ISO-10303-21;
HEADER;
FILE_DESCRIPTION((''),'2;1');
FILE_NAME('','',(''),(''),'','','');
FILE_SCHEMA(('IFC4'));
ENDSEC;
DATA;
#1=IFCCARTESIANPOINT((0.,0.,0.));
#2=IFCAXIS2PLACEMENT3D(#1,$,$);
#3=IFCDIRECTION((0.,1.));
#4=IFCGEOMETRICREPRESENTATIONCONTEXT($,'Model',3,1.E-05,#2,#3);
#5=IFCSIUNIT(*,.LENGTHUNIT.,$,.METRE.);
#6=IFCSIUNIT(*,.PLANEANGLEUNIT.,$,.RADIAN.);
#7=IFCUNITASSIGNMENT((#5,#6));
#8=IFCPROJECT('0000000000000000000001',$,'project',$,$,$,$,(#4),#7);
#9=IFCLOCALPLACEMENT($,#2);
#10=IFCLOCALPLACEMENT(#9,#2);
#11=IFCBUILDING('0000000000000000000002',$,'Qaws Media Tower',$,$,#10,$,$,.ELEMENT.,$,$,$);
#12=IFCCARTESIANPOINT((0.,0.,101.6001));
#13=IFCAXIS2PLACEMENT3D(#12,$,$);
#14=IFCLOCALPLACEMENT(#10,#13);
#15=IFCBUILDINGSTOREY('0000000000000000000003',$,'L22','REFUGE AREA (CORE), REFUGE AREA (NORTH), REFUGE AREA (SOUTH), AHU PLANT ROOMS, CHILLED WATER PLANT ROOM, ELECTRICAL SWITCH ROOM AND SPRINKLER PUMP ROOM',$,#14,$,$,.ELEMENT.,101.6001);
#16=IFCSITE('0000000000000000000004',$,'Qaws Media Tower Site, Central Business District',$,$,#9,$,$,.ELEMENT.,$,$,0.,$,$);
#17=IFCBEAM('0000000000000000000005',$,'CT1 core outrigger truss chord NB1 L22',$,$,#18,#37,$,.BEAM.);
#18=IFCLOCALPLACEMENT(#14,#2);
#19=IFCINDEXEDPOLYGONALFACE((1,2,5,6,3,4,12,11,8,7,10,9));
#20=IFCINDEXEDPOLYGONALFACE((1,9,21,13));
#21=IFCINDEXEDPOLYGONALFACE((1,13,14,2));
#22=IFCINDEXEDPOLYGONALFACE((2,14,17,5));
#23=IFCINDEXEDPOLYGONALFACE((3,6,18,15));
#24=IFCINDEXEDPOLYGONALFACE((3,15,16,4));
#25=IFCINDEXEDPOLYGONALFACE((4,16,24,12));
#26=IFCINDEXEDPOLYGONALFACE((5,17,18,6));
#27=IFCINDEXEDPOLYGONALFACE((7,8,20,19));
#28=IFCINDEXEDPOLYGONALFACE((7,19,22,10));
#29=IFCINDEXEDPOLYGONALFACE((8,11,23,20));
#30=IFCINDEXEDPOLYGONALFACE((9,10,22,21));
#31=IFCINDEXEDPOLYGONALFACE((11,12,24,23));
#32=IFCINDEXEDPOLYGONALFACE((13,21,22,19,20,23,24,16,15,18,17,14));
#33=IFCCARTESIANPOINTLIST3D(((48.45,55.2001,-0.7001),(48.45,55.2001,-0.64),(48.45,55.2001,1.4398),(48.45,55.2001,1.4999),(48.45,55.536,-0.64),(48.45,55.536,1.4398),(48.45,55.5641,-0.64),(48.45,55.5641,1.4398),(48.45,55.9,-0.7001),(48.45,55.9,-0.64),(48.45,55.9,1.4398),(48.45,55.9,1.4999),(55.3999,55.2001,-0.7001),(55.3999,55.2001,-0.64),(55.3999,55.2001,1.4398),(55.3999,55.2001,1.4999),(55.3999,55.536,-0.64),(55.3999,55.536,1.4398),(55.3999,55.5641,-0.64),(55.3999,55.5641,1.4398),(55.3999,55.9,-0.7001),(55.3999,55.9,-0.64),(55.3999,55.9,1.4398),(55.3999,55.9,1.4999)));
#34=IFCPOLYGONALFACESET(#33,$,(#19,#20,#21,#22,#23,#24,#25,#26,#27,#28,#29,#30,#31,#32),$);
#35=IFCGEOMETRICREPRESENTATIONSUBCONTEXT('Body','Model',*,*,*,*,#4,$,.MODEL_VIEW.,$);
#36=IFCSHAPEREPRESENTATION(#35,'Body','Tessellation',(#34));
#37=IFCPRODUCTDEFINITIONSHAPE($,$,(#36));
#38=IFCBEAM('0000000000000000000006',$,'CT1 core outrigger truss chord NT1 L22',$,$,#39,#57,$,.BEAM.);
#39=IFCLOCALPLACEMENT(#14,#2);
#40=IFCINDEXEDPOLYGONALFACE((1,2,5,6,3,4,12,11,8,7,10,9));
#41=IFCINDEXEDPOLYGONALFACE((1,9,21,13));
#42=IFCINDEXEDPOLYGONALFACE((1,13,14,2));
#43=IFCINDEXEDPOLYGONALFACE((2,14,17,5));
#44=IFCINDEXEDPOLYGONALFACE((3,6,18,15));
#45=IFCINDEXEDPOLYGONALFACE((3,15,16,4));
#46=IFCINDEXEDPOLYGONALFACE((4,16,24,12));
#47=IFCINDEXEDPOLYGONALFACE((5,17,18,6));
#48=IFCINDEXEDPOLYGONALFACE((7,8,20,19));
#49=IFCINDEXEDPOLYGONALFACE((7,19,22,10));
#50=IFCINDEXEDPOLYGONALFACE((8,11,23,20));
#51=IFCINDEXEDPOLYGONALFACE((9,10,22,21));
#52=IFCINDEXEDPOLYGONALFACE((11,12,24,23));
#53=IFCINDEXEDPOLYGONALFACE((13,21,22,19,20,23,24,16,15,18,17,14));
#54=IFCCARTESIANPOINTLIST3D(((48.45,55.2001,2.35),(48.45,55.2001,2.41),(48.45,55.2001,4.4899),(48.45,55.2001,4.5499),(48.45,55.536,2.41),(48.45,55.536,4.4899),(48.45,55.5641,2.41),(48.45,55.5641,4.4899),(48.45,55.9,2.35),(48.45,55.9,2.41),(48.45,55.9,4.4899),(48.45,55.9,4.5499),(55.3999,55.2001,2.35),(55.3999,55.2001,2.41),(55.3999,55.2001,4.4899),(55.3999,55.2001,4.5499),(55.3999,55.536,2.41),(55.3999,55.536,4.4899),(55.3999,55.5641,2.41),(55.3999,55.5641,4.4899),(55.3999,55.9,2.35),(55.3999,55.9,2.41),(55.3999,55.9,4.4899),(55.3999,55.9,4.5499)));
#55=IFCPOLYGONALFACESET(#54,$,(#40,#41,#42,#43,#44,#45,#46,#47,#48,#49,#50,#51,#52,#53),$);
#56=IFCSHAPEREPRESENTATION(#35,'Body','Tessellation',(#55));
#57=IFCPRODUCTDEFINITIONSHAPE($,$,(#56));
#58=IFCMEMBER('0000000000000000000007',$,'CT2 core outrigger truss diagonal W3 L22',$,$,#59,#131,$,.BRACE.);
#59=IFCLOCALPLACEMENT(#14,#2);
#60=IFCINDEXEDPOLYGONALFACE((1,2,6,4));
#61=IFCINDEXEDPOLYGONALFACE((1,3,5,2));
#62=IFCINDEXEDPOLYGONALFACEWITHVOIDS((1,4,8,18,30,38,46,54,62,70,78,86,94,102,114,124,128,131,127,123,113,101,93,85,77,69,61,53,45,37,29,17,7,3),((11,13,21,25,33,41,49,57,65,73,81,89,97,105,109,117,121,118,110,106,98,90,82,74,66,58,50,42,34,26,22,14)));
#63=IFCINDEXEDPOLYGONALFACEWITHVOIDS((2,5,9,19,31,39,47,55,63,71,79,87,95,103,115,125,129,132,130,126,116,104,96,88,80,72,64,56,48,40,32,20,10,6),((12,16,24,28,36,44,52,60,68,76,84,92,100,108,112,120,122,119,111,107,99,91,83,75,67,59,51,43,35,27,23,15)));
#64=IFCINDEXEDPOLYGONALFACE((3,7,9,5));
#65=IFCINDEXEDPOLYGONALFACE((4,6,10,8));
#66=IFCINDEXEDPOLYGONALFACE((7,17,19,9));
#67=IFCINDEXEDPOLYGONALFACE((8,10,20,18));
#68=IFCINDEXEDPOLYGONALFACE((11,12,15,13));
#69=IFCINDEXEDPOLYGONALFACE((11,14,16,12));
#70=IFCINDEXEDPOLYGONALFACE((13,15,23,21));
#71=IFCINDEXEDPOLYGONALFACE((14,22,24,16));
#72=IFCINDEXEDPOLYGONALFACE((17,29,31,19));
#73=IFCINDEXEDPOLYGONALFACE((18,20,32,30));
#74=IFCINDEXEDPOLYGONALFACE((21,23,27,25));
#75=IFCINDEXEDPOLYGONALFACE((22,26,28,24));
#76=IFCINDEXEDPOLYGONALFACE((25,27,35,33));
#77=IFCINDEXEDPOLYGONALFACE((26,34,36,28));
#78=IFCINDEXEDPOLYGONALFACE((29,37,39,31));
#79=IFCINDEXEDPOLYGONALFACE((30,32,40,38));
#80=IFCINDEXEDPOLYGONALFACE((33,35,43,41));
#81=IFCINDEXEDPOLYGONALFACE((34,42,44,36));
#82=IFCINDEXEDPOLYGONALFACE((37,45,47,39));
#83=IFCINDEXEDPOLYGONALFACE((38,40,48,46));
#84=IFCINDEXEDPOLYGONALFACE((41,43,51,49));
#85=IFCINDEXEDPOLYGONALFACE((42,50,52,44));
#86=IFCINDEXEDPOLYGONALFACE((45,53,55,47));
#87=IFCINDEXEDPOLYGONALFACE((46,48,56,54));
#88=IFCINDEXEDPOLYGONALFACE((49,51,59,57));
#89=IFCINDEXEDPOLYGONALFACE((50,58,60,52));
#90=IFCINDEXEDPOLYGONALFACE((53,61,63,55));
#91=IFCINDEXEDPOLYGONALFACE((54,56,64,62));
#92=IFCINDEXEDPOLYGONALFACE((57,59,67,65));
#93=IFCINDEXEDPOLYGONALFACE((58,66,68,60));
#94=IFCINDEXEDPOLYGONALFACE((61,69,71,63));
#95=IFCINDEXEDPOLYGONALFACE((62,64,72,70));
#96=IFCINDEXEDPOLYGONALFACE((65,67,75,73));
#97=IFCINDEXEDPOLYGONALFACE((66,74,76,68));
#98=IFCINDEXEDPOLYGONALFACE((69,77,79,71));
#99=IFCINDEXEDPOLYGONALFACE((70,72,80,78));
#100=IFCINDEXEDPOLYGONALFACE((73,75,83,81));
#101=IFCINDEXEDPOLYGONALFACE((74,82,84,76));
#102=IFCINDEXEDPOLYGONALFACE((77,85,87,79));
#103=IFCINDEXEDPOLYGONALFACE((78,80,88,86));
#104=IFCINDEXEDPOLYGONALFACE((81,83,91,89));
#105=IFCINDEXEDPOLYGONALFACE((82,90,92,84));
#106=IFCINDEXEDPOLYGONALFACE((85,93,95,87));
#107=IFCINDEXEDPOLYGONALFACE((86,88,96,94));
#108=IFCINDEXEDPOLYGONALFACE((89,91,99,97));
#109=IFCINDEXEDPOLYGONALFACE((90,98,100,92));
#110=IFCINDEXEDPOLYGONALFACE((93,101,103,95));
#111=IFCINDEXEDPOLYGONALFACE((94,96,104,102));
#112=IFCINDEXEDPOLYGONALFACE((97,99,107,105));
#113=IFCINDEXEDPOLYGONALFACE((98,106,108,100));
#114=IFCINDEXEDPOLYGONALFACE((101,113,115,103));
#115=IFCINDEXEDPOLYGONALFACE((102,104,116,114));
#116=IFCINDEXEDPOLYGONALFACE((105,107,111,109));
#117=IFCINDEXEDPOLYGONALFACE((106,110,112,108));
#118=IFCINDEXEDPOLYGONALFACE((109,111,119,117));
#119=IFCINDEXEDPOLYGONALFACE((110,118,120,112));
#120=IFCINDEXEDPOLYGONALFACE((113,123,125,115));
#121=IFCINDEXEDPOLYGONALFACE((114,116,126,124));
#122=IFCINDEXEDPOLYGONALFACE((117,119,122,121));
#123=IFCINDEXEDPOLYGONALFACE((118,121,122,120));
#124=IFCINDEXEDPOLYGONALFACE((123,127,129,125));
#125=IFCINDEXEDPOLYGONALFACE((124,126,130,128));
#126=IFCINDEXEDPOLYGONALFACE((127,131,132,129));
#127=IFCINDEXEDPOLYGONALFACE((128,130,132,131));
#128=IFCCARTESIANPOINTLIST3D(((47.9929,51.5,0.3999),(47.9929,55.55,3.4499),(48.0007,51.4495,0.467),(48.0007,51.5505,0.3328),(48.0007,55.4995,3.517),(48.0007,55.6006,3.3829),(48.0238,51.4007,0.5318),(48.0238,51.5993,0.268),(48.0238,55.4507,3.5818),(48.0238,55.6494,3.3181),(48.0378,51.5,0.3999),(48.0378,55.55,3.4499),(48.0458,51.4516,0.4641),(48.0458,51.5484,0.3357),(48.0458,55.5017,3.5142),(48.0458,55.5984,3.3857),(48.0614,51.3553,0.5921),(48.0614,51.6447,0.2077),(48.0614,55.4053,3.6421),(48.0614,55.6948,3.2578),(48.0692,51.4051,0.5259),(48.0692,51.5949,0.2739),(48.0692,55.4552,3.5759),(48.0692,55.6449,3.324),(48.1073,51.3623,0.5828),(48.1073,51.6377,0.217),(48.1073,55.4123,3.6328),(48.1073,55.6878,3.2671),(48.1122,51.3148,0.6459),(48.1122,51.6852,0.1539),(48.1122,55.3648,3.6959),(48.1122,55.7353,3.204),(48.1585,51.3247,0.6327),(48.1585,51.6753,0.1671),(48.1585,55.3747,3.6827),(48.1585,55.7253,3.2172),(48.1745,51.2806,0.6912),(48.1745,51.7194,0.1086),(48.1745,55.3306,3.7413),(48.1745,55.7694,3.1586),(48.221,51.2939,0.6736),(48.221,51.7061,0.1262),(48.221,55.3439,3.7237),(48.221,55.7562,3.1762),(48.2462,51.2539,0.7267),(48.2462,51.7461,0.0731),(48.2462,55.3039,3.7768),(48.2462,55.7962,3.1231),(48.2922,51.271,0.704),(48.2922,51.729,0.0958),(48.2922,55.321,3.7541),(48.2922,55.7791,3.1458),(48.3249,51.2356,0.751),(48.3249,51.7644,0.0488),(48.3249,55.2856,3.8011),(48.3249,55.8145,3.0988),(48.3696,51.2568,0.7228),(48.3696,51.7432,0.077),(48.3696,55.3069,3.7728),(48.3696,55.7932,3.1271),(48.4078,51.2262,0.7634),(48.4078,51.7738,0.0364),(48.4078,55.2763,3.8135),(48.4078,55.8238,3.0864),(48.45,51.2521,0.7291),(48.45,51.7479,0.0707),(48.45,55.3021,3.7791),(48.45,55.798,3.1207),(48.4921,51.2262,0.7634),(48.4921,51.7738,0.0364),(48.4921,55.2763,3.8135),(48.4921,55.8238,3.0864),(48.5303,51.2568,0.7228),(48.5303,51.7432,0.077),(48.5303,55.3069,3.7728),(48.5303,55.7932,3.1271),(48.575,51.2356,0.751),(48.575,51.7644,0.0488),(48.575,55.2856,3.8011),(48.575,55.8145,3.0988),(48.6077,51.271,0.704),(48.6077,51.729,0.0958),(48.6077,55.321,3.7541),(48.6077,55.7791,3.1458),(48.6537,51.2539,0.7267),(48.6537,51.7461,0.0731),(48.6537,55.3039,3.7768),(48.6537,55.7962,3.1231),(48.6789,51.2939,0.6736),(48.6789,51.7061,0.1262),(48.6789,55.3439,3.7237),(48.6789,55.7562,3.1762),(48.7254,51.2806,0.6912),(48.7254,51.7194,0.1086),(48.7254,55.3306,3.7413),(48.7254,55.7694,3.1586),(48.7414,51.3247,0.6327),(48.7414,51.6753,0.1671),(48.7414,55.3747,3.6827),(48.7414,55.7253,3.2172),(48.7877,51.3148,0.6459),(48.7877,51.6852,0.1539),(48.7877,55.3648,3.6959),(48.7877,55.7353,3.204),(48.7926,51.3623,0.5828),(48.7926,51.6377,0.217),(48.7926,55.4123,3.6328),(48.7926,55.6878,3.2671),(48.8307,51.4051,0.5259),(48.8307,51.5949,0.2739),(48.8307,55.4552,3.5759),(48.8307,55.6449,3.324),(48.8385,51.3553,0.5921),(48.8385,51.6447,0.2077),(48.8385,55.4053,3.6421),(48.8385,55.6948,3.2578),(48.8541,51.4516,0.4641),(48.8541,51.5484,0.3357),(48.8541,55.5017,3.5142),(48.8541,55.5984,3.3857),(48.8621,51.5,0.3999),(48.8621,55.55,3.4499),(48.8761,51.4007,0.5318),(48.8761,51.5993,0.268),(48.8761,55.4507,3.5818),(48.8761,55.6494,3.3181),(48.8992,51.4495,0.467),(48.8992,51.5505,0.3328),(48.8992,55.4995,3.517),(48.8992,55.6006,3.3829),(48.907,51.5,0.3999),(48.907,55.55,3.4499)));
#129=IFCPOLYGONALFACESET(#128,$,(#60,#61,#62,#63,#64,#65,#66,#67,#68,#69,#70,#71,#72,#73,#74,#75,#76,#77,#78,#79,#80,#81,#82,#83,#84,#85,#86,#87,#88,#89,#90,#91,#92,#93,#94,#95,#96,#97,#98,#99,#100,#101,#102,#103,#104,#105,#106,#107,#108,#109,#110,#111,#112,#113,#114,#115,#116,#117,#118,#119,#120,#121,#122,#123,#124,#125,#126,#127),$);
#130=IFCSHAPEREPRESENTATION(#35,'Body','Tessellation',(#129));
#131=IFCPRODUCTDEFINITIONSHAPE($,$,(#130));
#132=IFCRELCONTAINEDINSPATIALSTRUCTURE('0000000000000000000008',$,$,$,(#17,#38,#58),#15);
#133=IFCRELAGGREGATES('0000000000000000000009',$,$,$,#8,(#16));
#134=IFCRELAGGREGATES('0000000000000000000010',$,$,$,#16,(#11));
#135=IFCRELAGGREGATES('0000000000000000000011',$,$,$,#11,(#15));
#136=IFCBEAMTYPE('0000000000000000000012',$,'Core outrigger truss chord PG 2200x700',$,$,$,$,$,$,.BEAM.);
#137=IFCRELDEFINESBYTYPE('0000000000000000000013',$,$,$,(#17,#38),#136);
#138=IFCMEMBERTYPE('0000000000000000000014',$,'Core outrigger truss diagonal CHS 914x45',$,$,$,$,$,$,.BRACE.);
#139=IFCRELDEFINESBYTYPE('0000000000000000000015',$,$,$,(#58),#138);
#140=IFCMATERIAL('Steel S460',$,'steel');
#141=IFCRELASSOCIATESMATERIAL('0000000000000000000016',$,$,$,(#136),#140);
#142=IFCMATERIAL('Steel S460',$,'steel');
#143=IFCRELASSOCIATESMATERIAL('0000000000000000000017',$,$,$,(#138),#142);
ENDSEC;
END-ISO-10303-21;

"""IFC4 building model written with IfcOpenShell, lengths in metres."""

from ifc_helpers import new_model, si_unit, direction, frame, origin, origin_2d, place, context, subcontext, project, spatial, hollow_circle, i_section, extrude, material, material_profile, profile_set, type_object, element, save


model = new_model("IFC4")

# Units and contexts
model_context = context("Model", 3, precision=1e-05, world=origin(), true_north=direction((0.0, 1.0)))
body_context = subcontext(model_context, "Body", "Model", "MODEL_VIEW")
ifc_project = project(units=[si_unit("LENGTHUNIT", "METRE"), si_unit("PLANEANGLEUNIT", "RADIAN")], contexts=[model_context])

# Site, building, storey
site_placement = place(None, origin())
site = spatial("IfcSite", under=ifc_project, at=site_placement, Name="Qaws Media Tower Site, Central Business District", CompositionType="ELEMENT", RefElevation=0.0)
building_placement = place(site_placement, origin())
building = spatial("IfcBuilding", under=site, at=building_placement, Name="Qaws Media Tower", CompositionType="ELEMENT")
storey_placement = place(building_placement, frame((0.0, 0.0, 101.6001)))
storey = spatial("IfcBuildingStorey", under=building, at=storey_placement, Name="L22", Description="REFUGE AREA (CORE), REFUGE AREA (NORTH), REFUGE AREA (SOUTH), AHU PLANT ROOMS, CHILLED WATER PLANT ROOM, ELECTRICAL SWITCH ROOM AND SPRINKLER PUMP ROOM", CompositionType="ELEMENT", Elevation=101.6001)

# Beams
ifc_material_1 = material(Name="Steel S460", Category="steel")
ifc_material_profile_1 = material_profile(ifc_material_1, i_section(OverallWidth=0.7, OverallDepth=2.2, WebThickness=0.0281, FlangeThickness=0.0601, at=origin_2d()), Name="PG 2200x700")
ifc_profile_set_1 = profile_set([ifc_material_profile_1], Name="Steel S460")
beam_type = type_object("IfcBeamType", Name="Core outrigger truss chord PG 2200x700", PredefinedType="BEAM", material=ifc_profile_set_1)
for number, where, z_axis, x_axis, name in (
    (1, (48.45, 55.55, 0.3999), (1.0, 0.0, 0.0), (0.0, 1.0, 0.0), "CT1 core outrigger truss chord NB1 L22"),
    (2, (48.45, 55.55, 3.45), (1.0, 0.0, 0.0), (0.0, 1.0, 0.0), "CT1 core outrigger truss chord NT1 L22"),
):
    element("IfcBeam", number, at=place(storey_placement, frame(where, z_axis=z_axis, x_axis=x_axis)), inside=storey, type_object=beam_type, Name=name, PredefinedType="BEAM", context=body_context, shape_type="SweptSolid", body=[
        extrude(i_section(OverallWidth=0.7, OverallDepth=2.2, WebThickness=0.0281, FlangeThickness=0.0601, at=origin_2d()), origin(), (0.0, 0.0, 1.0), 6.95),
    ])

# Member
ifc_material_2 = material(Name="Steel S460", Category="steel")
ifc_material_profile_2 = material_profile(ifc_material_2, hollow_circle(Radius=0.457, WallThickness=0.0449, at=origin_2d()), Name="CHS 914x45")
ifc_profile_set_2 = profile_set([ifc_material_profile_2], Name="Steel S460")
member_type_1 = type_object("IfcMemberType", Name="Core outrigger truss diagonal CHS 914x45", PredefinedType="BRACE", material=ifc_profile_set_2)
member_1_placement = place(storey_placement, frame((48.45, 51.5, 0.3999), z_axis=(0.0, 0.798814, 0.601578), x_axis=(-1.0, 0.0, 0.0)))
element("IfcMember", 3, at=member_1_placement, inside=storey, type_object=member_type_1, Name="CT2 core outrigger truss diagonal W3 L22", PredefinedType="BRACE", context=body_context, shape_type="SweptSolid", body=[
    extrude(hollow_circle(Radius=0.457, WallThickness=0.0449, at=origin_2d()), origin(), (0.0, 0.0, 1.0), 5.0701),
])

save(model, "model.ifc")
